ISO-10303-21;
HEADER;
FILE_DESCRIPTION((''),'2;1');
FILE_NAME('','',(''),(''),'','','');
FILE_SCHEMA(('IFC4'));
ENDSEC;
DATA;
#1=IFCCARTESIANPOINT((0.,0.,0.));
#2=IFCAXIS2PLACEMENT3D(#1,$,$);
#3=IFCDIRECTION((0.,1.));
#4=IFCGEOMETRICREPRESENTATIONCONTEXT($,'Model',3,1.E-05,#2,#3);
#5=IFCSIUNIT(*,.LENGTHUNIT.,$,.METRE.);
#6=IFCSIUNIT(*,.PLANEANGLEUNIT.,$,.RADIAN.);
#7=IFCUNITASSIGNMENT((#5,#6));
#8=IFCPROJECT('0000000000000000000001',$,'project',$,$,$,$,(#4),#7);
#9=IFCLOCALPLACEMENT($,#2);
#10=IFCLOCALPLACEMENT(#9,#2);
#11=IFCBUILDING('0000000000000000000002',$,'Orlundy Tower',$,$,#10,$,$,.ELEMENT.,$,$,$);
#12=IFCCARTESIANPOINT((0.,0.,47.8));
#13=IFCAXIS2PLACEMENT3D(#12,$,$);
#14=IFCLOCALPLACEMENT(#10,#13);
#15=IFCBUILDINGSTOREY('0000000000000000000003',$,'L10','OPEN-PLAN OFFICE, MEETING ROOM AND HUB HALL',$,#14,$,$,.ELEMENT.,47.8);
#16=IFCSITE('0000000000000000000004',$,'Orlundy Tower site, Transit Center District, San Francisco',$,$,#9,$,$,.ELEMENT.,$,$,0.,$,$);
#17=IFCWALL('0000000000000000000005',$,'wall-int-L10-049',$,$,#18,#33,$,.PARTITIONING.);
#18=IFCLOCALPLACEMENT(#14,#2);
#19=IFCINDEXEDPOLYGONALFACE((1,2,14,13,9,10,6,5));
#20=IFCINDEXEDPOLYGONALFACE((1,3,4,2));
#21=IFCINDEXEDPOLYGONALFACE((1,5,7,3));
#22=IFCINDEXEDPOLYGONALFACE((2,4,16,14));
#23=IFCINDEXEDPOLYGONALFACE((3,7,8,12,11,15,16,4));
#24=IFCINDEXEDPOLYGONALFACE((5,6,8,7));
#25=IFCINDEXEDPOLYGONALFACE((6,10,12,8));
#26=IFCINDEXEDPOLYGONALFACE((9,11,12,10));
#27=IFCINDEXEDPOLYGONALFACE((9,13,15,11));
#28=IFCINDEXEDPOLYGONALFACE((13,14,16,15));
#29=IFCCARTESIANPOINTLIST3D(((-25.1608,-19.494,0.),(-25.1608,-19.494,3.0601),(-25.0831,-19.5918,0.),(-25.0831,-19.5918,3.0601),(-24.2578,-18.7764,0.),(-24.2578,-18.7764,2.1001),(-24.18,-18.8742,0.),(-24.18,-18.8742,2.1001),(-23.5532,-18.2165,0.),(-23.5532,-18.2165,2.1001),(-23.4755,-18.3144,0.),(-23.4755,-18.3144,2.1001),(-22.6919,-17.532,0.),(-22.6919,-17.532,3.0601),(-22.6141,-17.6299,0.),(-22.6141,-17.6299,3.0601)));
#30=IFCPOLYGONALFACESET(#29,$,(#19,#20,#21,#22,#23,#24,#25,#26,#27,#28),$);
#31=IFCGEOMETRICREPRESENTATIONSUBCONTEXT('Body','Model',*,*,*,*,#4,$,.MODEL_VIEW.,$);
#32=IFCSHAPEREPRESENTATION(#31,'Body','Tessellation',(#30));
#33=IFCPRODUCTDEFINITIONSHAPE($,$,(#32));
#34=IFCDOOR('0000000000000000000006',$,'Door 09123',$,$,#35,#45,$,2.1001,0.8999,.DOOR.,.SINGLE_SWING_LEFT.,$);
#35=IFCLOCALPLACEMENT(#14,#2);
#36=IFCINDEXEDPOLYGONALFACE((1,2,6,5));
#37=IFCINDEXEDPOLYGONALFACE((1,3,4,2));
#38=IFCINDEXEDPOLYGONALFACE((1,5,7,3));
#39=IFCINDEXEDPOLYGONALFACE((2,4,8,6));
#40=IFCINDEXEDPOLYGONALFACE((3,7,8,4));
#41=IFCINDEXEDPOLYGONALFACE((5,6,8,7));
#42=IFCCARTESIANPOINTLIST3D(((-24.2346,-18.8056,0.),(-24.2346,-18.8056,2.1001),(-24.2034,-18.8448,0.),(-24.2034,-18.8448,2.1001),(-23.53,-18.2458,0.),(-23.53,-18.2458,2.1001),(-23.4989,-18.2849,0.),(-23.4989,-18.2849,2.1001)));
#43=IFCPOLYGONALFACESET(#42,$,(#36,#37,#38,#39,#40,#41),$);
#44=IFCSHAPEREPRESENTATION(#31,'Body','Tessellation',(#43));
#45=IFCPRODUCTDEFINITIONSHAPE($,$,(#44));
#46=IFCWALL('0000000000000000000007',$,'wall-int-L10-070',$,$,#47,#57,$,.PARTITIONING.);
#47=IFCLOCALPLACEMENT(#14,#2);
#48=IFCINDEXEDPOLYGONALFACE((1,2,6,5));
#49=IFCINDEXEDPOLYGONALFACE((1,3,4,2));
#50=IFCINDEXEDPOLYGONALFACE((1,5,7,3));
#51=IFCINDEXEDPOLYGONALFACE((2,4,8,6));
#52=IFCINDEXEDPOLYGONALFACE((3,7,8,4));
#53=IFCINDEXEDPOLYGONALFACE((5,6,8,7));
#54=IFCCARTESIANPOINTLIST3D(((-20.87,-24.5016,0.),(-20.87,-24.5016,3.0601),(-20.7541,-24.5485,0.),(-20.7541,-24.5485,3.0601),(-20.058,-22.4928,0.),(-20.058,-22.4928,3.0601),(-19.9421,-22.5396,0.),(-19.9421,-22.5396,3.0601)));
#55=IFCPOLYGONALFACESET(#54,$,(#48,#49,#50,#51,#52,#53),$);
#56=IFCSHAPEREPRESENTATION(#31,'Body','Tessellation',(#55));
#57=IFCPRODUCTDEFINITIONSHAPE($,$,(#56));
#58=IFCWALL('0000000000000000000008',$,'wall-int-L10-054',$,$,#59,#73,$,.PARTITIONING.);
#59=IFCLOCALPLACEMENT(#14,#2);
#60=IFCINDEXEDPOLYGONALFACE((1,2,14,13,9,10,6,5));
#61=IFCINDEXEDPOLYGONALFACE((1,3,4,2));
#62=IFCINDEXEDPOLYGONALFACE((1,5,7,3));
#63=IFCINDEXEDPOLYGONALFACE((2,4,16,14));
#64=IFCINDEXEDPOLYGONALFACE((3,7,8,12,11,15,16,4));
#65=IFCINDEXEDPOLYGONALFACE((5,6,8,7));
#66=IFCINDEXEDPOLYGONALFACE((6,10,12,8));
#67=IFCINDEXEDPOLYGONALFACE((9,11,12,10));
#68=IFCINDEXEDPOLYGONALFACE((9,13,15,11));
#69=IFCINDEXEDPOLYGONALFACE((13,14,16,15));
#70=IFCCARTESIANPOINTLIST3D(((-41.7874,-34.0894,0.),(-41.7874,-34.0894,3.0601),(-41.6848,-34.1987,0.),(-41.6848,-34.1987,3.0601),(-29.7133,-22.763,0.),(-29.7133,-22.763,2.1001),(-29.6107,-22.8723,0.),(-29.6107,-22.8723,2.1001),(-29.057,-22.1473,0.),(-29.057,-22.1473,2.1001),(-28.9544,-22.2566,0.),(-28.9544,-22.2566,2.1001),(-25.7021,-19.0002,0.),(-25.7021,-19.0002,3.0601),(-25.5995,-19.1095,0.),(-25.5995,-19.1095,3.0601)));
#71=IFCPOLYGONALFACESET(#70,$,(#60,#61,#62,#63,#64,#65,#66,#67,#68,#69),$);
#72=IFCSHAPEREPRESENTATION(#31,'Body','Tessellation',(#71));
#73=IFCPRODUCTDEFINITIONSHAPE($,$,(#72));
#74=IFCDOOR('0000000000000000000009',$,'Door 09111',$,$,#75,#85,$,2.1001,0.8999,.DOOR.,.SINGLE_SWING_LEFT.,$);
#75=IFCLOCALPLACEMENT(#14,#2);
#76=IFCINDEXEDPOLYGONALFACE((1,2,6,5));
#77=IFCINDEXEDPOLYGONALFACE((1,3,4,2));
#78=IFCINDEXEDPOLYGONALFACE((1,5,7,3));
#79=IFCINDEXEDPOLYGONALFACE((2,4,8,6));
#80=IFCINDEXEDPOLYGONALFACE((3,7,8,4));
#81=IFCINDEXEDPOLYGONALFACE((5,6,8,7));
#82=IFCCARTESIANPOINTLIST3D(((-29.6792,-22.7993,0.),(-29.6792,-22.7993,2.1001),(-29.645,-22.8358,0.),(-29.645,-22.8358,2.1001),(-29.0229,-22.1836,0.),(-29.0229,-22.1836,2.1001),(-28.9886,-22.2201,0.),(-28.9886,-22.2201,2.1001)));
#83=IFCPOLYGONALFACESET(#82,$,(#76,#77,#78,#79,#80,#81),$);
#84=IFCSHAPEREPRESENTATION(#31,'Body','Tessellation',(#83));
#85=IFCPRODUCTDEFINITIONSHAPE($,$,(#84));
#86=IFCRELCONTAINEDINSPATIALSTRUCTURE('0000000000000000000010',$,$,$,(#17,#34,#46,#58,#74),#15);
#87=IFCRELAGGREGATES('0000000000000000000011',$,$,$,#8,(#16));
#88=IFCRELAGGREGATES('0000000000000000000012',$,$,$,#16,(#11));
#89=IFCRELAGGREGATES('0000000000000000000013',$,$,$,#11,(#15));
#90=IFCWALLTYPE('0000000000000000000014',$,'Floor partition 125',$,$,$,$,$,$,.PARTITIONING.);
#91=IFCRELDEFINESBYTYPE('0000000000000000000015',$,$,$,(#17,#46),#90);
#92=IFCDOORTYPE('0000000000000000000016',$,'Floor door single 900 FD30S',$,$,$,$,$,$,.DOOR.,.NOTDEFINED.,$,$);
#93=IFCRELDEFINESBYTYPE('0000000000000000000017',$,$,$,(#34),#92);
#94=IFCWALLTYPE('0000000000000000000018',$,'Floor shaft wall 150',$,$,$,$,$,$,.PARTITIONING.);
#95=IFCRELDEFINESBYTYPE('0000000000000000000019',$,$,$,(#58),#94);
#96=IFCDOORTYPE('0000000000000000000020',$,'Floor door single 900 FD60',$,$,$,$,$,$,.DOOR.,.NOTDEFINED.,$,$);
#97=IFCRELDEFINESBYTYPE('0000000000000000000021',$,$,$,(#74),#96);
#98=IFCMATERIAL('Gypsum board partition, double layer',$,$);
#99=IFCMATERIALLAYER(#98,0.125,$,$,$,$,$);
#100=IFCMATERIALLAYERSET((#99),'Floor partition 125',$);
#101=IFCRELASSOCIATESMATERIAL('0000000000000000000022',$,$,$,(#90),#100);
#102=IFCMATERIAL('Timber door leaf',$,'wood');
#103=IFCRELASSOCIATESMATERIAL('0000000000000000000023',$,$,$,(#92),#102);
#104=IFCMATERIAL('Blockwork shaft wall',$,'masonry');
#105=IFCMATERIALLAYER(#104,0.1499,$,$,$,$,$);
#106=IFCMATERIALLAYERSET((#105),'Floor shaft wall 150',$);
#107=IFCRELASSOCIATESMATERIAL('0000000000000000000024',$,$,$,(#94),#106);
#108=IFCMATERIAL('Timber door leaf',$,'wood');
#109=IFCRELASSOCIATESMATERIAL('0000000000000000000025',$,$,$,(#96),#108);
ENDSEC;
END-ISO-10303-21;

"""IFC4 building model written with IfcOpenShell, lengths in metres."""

from ifc_helpers import new_model, si_unit, direction, frame, frame_2d, origin, place, context, subcontext, project, spatial, rectangle, extrude, material, layer, layer_set, type_object, element, fill, save


model = new_model("IFC4")

# Units and contexts
model_context = context("Model", 3, precision=1e-05, world=origin(), true_north=direction((0.0, 1.0)))
body_context = subcontext(model_context, "Body", "Model", "MODEL_VIEW")
ifc_project = project(units=[si_unit("LENGTHUNIT", "METRE"), si_unit("PLANEANGLEUNIT", "RADIAN")], contexts=[model_context])

# Site, building, storey
site_placement = place(None, origin())
site = spatial("IfcSite", under=ifc_project, at=site_placement, Name="Orlundy Tower site, Transit Center District, San Francisco", CompositionType="ELEMENT", RefElevation=0.0)
building_placement = place(site_placement, origin())
building = spatial("IfcBuilding", under=site, at=building_placement, Name="Orlundy Tower", CompositionType="ELEMENT")
storey_placement = place(building_placement, frame((0.0, 0.0, 47.8)))
storey = spatial("IfcBuildingStorey", under=building, at=storey_placement, Name="L10", Description="OPEN-PLAN OFFICE, MEETING ROOM AND HUB HALL", CompositionType="ELEMENT", Elevation=47.8)

# Shared definitions
ifc_material_1 = material(Name="Gypsum board partition, double layer")
ifc_layer_1 = layer(ifc_material_1, 0.125)
ifc_layer_set_1 = layer_set([ifc_layer_1], Name="Floor partition 125")
wall_type_1 = type_object("IfcWallType", Name="Floor partition 125", PredefinedType="PARTITIONING", material=ifc_layer_set_1)

# Wall, opening, door
ifc_material_2 = material(Name="Timber door leaf", Category="wood")
door_type_1 = type_object("IfcDoorType", Name="Floor door single 900 FD30S", OperationType="NOTDEFINED", PredefinedType="DOOR", material=ifc_material_2)
wall_1_placement = place(storey_placement, frame((-22.6531, -17.5811, 0.0), z_axis=(0.0, 0.0, 1.0), x_axis=(-0.782919, -0.622124, 0.0)))
wall_1 = element("IfcWall", 1, at=wall_1_placement, inside=storey, type_object=wall_type_1, Name="wall-int-L10-049", PredefinedType="PARTITIONING", context=body_context, shape_type="SweptSolid", body=[
    extrude(rectangle(XDim=3.1536, YDim=0.125, at=frame_2d((1.5767, 0.0))), origin(), (0.0, 0.0, 1.0), 3.0601),
])
opening_1_placement = place(wall_1_placement, frame((1.1001, 0.0, 0.0)))
opening_1 = element("IfcOpeningElement", 2, at=opening_1_placement, cuts=wall_1, PredefinedType="OPENING", context=body_context, shape_type="SweptSolid", body=[
    extrude(rectangle(XDim=0.8999, YDim=2.1001, at=frame_2d((0.45, 1.05))), frame((0.0, 0.0725, 0.0), z_axis=(0.0, -1.0, 0.0), x_axis=(1.0, 0.0, 0.0)), (0.0, 0.0, 1.0), 0.145),
])
door_1_placement = place(opening_1_placement, origin())
door_1 = element("IfcDoor", 3, at=door_1_placement, inside=storey, type_object=door_type_1, Name="Door 09123", OperationType="SINGLE_SWING_LEFT", OverallHeight=2.1001, OverallWidth=0.8999, PredefinedType="DOOR", context=body_context, shape_type="SweptSolid", body=[
    extrude(rectangle(XDim=0.8999, YDim=2.1001, at=frame_2d((0.45, 1.05))), frame((0.0, 0.0249, 0.0), z_axis=(0.0, -1.0, 0.0), x_axis=(1.0, 0.0, 0.0)), (0.0, 0.0, 1.0), 0.05),
])
fill(opening_1, door_1)

# Wall
wall_2_placement = place(storey_placement, frame((-20.0, -22.5161, 0.0), z_axis=(0.0, 0.0, 1.0), x_axis=(-0.374769, -0.927118, 0.0)))
element("IfcWall", 4, at=wall_2_placement, inside=storey, type_object=wall_type_1, Name="wall-int-L10-070", PredefinedType="PARTITIONING", context=body_context, shape_type="SweptSolid", body=[
    extrude(rectangle(XDim=2.1667, YDim=0.125, at=frame_2d((1.0835, 0.0))), origin(), (0.0, 0.0, 1.0), 3.0601),
])

# Wall, opening, door
ifc_material_3 = material(Name="Blockwork shaft wall", Category="masonry")
ifc_layer_2 = layer(ifc_material_3, 0.1499)
ifc_layer_set_2 = layer_set([ifc_layer_2], Name="Floor shaft wall 150")
wall_type_2 = type_object("IfcWallType", Name="Floor shaft wall 150", PredefinedType="PARTITIONING", material=ifc_layer_set_2)
wall_3_placement = place(storey_placement, frame((-25.6509, -19.0549, 0.0), z_axis=(0.0, 0.0, 1.0), x_axis=(-0.729328, -0.684164, 0.0)))
wall_3 = element("IfcWall", 5, at=wall_3_placement, inside=storey, type_object=wall_type_2, Name="wall-int-L10-054", PredefinedType="PARTITIONING", context=body_context, shape_type="SweptSolid", body=[
    extrude(rectangle(XDim=22.0549, YDim=0.1499, at=frame_2d((11.0273, 0.0))), origin(), (0.0, 0.0, 1.0), 3.0601),
])
opening_2_placement = place(wall_3_placement, frame((4.5999, 0.0, 0.0)))
opening_2 = element("IfcOpeningElement", 6, at=opening_2_placement, cuts=wall_3, PredefinedType="OPENING", context=body_context, shape_type="SweptSolid", body=[
    extrude(rectangle(XDim=0.8999, YDim=2.1001, at=frame_2d((0.45, 1.05))), frame((0.0, 0.085, 0.0), z_axis=(0.0, -1.0, 0.0), x_axis=(1.0, 0.0, 0.0)), (0.0, 0.0, 1.0), 0.1699),
])
ifc_material_4 = material(Name="Timber door leaf", Category="wood")
door_type_2 = type_object("IfcDoorType", Name="Floor door single 900 FD60", OperationType="NOTDEFINED", PredefinedType="DOOR", material=ifc_material_4)
door_2_placement = place(opening_2_placement, origin())
door_2 = element("IfcDoor", 7, at=door_2_placement, inside=storey, type_object=door_type_2, Name="Door 09111", OperationType="SINGLE_SWING_LEFT", OverallHeight=2.1001, OverallWidth=0.8999, PredefinedType="DOOR", context=body_context, shape_type="SweptSolid", body=[
    extrude(rectangle(XDim=0.8999, YDim=2.1001, at=frame_2d((0.45, 1.05))), frame((0.0, 0.0249, 0.0), z_axis=(0.0, -1.0, 0.0), x_axis=(1.0, 0.0, 0.0)), (0.0, 0.0, 1.0), 0.05),
])
fill(opening_2, door_2)

save(model, "model.ifc")
